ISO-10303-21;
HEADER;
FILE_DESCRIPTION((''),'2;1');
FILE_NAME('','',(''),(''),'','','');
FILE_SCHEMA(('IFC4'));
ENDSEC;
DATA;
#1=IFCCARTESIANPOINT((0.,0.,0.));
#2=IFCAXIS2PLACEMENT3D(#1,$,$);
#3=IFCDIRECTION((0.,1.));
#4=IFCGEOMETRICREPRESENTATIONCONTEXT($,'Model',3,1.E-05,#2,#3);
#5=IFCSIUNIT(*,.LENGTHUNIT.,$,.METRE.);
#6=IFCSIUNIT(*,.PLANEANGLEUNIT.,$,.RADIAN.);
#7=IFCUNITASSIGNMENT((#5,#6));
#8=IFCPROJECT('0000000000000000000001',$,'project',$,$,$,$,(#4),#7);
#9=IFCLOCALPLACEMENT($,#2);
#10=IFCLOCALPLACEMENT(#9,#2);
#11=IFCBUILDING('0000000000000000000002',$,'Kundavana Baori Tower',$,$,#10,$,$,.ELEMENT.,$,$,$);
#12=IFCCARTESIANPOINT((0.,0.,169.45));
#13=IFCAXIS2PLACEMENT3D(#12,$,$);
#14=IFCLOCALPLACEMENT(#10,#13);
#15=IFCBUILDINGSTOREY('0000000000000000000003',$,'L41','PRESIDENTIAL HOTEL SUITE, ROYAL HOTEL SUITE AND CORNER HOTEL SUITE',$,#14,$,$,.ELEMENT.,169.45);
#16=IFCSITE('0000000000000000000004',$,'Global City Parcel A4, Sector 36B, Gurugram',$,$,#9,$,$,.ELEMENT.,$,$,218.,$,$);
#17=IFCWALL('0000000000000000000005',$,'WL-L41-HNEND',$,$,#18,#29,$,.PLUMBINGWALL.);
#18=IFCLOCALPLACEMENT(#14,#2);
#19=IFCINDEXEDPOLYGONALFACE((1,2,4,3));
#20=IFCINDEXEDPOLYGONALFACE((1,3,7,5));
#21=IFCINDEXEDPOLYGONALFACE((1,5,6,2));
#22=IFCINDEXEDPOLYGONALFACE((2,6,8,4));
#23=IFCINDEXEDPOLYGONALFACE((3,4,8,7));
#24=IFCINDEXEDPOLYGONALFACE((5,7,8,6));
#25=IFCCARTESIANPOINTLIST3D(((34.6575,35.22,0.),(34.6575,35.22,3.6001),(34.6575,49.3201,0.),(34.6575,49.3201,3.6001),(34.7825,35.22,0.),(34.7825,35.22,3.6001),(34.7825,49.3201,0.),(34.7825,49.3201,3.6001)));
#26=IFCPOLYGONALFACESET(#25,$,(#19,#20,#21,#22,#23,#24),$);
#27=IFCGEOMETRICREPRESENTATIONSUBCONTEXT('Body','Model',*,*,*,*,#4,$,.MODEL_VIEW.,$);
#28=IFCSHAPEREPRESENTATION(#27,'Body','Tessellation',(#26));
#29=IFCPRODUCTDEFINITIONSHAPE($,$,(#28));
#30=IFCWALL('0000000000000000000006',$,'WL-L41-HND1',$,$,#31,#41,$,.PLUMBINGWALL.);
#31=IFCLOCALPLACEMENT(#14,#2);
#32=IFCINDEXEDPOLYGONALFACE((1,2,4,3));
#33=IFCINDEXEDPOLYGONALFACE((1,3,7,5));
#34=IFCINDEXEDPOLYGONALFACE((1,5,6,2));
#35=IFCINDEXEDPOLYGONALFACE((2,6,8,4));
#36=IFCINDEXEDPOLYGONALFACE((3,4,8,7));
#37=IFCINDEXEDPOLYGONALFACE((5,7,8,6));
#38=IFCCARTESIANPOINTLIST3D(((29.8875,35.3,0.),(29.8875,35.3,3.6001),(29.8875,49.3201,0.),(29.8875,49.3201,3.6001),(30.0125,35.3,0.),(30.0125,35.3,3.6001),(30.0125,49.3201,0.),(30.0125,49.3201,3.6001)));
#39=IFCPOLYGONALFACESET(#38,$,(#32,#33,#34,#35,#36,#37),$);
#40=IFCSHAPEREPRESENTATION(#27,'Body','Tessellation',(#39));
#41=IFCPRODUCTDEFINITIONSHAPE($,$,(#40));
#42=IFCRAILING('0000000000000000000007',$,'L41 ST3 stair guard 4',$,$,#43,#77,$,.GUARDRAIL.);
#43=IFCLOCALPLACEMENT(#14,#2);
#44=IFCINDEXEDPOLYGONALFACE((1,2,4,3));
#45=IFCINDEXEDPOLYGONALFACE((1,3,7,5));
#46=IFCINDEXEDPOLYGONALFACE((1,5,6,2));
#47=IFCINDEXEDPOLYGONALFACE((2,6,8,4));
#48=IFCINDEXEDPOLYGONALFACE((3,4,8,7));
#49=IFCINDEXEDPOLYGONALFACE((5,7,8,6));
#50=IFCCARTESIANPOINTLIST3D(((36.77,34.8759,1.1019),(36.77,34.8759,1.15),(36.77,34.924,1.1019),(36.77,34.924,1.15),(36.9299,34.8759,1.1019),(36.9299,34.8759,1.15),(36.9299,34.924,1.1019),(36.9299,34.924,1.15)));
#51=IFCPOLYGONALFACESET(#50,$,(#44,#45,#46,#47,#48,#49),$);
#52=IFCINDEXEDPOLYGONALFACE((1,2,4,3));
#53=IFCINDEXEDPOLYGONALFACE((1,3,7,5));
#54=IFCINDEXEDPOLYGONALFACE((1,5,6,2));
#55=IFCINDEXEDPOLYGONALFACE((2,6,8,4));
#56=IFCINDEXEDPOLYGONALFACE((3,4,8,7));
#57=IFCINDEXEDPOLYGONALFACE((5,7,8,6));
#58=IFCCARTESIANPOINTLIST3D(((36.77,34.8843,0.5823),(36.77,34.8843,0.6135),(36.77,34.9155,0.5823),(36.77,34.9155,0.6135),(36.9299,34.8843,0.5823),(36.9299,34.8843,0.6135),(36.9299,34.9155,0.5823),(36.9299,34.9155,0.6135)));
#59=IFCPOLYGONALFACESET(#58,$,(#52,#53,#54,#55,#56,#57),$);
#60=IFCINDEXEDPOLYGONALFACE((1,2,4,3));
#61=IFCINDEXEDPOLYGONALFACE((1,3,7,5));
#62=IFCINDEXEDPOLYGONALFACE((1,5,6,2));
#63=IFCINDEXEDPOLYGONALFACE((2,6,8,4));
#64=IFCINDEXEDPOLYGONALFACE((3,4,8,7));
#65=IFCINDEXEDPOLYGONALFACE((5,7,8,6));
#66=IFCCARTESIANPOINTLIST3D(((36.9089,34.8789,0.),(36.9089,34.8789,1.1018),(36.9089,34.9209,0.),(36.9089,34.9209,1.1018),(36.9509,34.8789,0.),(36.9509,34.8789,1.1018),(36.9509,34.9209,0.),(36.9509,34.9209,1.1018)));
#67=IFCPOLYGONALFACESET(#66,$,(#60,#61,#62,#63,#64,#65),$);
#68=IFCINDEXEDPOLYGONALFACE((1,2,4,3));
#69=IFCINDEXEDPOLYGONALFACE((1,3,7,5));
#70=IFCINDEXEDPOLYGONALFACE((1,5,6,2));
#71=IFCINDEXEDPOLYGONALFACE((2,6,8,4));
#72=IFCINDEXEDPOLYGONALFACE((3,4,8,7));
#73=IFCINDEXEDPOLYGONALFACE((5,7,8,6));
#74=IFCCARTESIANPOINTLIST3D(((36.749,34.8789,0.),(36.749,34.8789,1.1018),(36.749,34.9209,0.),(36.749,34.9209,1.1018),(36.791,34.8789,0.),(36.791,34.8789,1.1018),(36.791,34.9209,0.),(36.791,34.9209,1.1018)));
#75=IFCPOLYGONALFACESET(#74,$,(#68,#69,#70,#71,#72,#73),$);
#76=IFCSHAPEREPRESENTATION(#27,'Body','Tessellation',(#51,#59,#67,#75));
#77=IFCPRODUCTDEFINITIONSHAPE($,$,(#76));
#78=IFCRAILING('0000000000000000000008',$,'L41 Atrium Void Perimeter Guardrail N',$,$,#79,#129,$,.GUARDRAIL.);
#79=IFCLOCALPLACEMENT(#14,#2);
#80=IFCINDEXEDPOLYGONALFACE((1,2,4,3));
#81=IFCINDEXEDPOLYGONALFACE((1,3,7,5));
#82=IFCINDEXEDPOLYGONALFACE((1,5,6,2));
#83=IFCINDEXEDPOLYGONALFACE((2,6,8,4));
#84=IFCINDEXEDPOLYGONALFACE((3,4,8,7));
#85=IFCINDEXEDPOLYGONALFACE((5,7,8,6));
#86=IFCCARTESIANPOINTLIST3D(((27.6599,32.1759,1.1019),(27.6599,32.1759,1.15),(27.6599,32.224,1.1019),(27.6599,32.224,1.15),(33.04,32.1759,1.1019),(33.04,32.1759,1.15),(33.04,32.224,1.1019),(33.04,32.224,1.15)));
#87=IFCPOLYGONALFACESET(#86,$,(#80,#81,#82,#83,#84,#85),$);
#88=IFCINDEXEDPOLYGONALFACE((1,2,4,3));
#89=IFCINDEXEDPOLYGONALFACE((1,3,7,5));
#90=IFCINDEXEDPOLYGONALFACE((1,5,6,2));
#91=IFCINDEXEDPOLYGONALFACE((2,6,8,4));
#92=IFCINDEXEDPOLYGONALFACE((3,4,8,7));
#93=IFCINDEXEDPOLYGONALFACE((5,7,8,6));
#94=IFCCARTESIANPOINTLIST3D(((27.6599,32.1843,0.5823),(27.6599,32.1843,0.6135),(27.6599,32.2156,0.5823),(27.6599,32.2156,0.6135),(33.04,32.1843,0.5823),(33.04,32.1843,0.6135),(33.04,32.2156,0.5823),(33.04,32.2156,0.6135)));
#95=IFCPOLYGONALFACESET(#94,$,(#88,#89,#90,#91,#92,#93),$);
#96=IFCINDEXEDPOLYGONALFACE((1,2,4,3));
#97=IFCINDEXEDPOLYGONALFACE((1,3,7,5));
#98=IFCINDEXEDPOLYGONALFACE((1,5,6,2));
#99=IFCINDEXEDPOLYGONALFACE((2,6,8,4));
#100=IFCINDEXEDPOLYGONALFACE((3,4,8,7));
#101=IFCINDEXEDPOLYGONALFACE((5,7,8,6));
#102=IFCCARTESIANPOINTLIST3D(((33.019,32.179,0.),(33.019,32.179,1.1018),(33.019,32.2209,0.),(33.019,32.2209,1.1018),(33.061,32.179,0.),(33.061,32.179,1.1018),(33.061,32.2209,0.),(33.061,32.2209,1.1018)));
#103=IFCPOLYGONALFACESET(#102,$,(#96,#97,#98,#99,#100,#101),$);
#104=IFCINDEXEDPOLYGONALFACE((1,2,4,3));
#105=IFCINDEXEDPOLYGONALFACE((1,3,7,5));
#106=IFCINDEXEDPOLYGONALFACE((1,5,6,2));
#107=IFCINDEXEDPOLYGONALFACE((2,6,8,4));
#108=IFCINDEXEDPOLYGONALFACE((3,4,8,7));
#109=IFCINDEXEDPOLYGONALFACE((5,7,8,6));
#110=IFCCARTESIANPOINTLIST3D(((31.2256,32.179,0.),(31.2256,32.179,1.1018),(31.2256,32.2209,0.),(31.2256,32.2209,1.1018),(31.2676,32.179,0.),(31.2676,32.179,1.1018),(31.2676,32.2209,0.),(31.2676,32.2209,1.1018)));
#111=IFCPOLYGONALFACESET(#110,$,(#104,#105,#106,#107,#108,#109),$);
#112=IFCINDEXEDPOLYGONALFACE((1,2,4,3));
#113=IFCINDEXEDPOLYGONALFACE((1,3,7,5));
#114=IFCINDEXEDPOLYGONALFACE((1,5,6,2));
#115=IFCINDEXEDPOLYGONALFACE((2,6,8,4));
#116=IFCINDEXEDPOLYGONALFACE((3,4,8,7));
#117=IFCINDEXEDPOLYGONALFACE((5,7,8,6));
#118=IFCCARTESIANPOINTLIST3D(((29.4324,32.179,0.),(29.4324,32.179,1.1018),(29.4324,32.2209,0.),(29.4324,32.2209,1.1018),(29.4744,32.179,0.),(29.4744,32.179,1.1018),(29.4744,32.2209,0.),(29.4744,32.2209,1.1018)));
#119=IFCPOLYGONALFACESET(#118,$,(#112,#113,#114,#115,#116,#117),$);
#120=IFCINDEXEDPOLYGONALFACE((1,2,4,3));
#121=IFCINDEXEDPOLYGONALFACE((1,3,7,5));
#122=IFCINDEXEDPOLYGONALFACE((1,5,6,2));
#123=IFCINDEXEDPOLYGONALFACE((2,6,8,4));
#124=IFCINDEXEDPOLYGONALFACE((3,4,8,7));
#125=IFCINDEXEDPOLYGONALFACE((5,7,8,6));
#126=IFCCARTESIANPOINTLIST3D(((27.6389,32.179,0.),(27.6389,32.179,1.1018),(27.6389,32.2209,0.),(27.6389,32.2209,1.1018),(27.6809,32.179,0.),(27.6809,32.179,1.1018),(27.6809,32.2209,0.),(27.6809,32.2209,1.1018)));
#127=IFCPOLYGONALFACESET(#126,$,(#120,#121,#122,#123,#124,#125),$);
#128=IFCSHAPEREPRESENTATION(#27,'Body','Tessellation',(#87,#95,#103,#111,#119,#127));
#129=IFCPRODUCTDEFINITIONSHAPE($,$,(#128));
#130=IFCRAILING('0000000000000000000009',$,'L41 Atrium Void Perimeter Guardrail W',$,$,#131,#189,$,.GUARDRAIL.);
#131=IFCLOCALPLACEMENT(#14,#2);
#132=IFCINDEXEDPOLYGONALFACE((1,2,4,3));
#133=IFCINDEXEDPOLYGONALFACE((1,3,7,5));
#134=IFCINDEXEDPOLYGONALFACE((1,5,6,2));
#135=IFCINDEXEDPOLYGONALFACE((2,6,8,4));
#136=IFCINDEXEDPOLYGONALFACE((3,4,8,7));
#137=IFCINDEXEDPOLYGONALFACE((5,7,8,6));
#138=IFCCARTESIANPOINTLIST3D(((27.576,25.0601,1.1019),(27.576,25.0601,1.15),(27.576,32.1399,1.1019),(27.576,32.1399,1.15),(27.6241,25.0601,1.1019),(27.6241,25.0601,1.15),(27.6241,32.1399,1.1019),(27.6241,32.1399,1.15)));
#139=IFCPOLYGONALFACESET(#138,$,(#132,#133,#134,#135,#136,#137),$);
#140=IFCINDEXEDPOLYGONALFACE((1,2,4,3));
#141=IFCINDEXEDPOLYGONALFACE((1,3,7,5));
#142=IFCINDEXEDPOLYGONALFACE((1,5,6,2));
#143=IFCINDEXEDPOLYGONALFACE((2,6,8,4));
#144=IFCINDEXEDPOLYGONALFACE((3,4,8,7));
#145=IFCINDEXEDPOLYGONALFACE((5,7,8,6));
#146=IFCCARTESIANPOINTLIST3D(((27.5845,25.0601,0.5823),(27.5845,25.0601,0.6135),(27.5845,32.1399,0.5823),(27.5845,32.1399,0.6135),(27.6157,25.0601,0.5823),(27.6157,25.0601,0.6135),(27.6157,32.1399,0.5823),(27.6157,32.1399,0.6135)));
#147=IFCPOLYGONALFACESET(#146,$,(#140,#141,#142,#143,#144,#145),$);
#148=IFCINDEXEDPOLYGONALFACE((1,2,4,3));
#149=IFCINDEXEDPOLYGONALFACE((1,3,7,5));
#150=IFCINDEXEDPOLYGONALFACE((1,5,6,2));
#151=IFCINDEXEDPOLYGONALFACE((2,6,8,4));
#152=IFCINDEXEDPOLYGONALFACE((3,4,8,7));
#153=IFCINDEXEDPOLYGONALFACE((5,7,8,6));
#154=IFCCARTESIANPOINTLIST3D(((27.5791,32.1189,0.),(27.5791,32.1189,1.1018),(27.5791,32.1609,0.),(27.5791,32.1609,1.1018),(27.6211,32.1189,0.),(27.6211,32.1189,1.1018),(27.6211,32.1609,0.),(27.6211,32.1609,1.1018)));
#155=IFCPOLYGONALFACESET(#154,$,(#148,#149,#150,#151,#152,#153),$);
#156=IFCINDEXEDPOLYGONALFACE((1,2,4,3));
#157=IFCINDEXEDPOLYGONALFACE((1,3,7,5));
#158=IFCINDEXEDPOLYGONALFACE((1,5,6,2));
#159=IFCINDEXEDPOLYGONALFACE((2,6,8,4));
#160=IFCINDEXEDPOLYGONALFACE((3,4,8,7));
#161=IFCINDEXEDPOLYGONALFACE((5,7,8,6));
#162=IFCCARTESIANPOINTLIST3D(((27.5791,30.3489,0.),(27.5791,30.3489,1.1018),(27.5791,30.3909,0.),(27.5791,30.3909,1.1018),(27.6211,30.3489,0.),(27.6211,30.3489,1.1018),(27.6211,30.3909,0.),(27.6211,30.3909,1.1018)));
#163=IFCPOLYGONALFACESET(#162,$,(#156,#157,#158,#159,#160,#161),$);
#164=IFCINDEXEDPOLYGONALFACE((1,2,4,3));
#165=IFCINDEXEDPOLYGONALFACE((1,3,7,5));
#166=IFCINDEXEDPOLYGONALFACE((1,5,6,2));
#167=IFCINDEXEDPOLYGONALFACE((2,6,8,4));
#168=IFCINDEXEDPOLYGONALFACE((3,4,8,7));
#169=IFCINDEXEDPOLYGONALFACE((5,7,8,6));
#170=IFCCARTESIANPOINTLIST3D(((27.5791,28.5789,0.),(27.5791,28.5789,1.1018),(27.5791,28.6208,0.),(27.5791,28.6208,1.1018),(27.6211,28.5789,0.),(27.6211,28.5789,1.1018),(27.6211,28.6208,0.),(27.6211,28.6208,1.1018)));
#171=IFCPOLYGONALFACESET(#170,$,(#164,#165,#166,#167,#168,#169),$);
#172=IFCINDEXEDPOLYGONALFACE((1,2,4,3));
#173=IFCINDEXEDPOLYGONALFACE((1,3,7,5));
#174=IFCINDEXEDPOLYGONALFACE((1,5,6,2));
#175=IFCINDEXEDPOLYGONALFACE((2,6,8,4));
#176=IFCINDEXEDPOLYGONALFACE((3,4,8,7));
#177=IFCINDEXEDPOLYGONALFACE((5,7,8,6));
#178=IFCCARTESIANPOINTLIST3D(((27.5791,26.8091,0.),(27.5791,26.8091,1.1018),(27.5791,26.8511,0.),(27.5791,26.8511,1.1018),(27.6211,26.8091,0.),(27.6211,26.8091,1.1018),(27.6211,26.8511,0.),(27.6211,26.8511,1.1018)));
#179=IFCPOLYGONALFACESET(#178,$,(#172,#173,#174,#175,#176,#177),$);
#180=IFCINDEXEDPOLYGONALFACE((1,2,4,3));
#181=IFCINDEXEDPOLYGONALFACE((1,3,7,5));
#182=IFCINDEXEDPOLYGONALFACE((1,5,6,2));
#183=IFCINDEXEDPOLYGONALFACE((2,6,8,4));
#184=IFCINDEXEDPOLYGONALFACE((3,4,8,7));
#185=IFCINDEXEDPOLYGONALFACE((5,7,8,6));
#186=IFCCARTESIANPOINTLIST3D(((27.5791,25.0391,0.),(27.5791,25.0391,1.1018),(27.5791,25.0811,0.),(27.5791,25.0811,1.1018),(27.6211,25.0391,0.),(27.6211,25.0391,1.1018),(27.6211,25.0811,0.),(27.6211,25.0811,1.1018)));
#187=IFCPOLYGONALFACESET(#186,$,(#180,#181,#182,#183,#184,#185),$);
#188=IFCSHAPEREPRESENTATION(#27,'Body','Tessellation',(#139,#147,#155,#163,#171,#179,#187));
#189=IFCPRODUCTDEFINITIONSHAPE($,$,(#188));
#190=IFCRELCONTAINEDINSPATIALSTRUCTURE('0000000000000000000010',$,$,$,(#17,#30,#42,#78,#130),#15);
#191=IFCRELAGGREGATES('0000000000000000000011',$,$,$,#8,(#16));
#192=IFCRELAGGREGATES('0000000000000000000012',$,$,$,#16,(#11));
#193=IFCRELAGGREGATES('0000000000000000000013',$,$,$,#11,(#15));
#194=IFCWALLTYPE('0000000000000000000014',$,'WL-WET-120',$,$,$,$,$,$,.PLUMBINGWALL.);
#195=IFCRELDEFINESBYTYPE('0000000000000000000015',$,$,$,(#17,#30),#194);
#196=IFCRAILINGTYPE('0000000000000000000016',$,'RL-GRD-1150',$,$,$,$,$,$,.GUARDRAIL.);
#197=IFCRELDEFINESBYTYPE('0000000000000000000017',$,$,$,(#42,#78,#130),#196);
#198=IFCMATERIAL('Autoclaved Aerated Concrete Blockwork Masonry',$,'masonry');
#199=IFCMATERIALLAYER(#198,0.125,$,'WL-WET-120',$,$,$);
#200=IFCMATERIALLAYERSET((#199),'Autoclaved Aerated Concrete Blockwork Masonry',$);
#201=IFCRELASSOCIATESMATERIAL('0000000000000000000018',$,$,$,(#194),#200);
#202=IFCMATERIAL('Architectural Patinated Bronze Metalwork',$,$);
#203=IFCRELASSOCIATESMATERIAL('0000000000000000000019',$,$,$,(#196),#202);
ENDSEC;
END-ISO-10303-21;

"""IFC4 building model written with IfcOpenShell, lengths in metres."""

from ifc_helpers import new_model, si_unit, direction, frame, frame_2d, origin, origin_2d, place, context, subcontext, project, spatial, rectangle, extrude, material, layer, layer_set, type_object, element, save


model = new_model("IFC4")

# Units and contexts
model_context = context("Model", 3, precision=1e-05, world=origin(), true_north=direction((0.0, 1.0)))
body_context = subcontext(model_context, "Body", "Model", "MODEL_VIEW")
ifc_project = project(units=[si_unit("LENGTHUNIT", "METRE"), si_unit("PLANEANGLEUNIT", "RADIAN")], contexts=[model_context])

# Site, building, storey
site_placement = place(None, origin())
site = spatial("IfcSite", under=ifc_project, at=site_placement, Name="Global City Parcel A4, Sector 36B, Gurugram", CompositionType="ELEMENT", RefElevation=218.0)
building_placement = place(site_placement, origin())
building = spatial("IfcBuilding", under=site, at=building_placement, Name="Kundavana Baori Tower", CompositionType="ELEMENT")
storey_placement = place(building_placement, frame((0.0, 0.0, 169.45)))
storey = spatial("IfcBuildingStorey", under=building, at=storey_placement, Name="L41", Description="PRESIDENTIAL HOTEL SUITE, ROYAL HOTEL SUITE AND CORNER HOTEL SUITE", CompositionType="ELEMENT", Elevation=169.45)

# Shared definitions
ifc_material_1 = material(Name="Autoclaved Aerated Concrete Blockwork Masonry", Category="masonry")
ifc_layer_1 = layer(ifc_material_1, 0.125, Name="WL-WET-120")
ifc_layer_set_1 = layer_set([ifc_layer_1], Name="Autoclaved Aerated Concrete Blockwork Masonry")
wall_type_1 = type_object("IfcWallType", Name="WL-WET-120", PredefinedType="PLUMBINGWALL", material=ifc_layer_set_1)

# Walls
wall_1_placement = place(storey_placement, frame((34.72, 35.22, 0.0), z_axis=(0.0, 0.0, 1.0), x_axis=(0.0, 1.0, 0.0)))
element("IfcWall", 1, at=wall_1_placement, inside=storey, type_object=wall_type_1, Name="WL-L41-HNEND", PredefinedType="PLUMBINGWALL", context=body_context, shape_type="SweptSolid", body=[
    extrude(rectangle(XDim=14.1001, YDim=0.125, at=frame_2d((7.05, 0.0))), origin(), (0.0, 0.0, 1.0), 3.6001),
])
wall_2_placement = place(storey_placement, frame((29.95, 35.3, 0.0), z_axis=(0.0, 0.0, 1.0), x_axis=(0.0, 1.0, 0.0)))
element("IfcWall", 2, at=wall_2_placement, inside=storey, type_object=wall_type_1, Name="WL-L41-HND1", PredefinedType="PLUMBINGWALL", context=body_context, shape_type="SweptSolid", body=[
    extrude(rectangle(XDim=14.02, YDim=0.125, at=frame_2d((7.01, 0.0))), origin(), (0.0, 0.0, 1.0), 3.6001),
])

# Railings
ifc_material_2 = material(Name="Architectural Patinated Bronze Metalwork")
railing_type_1 = type_object("IfcRailingType", Name="RL-GRD-1150", PredefinedType="GUARDRAIL", material=ifc_material_2)
railing_1_placement = place(storey_placement, frame((36.9299, 34.8999, 0.0)))
element("IfcRailing", 3, at=railing_1_placement, inside=storey, type_object=railing_type_1, Name="L41 ST3 stair guard 4", PredefinedType="GUARDRAIL", context=body_context, shape_type="SweptSolid", body=[
    extrude(rectangle(XDim=0.0481, YDim=0.0481, at=origin_2d()), frame((0.0, 0.0, 1.126), z_axis=(-1.0, 0.0, 0.0), x_axis=(0.0, -1.0, 0.0)), (0.0, 0.0, 1.0), 0.1599),
    extrude(rectangle(XDim=0.0312, YDim=0.0312, at=origin_2d()), frame((0.0, 0.0, 0.5979), z_axis=(-1.0, 0.0, 0.0), x_axis=(0.0, -1.0, 0.0)), (0.0, 0.0, 1.0), 0.1599),
    extrude(rectangle(XDim=0.042, YDim=0.042, at=origin_2d()), origin(), (0.0, 0.0, 1.0), 1.1018),
    extrude(rectangle(XDim=0.042, YDim=0.042, at=origin_2d()), frame((-0.1599, 0.0, 0.0)), (0.0, 0.0, 1.0), 1.1018),
])
railing_2_placement = place(storey_placement, frame((33.04, 32.2, 0.0)))
element("IfcRailing", 4, at=railing_2_placement, inside=storey, type_object=railing_type_1, Name="L41 Atrium Void Perimeter Guardrail N", PredefinedType="GUARDRAIL", context=body_context, shape_type="SweptSolid", body=[
    extrude(rectangle(XDim=0.0481, YDim=0.0481, at=origin_2d()), frame((0.0, 0.0, 1.126), z_axis=(-1.0, 0.0, 0.0), x_axis=(0.0, -1.0, 0.0)), (0.0, 0.0, 1.0), 5.3801),
    extrude(rectangle(XDim=0.0312, YDim=0.0312, at=origin_2d()), frame((0.0, 0.0, 0.5979), z_axis=(-1.0, 0.0, 0.0), x_axis=(0.0, -1.0, 0.0)), (0.0, 0.0, 1.0), 5.3801),
    extrude(rectangle(XDim=0.042, YDim=0.042, at=origin_2d()), origin(), (0.0, 0.0, 1.0), 1.1018),
    extrude(rectangle(XDim=0.042, YDim=0.042, at=origin_2d()), frame((-1.7935, 0.0, 0.0)), (0.0, 0.0, 1.0), 1.1018),
    extrude(rectangle(XDim=0.042, YDim=0.042, at=origin_2d()), frame((-3.5867, 0.0, 0.0)), (0.0, 0.0, 1.0), 1.1018),
    extrude(rectangle(XDim=0.042, YDim=0.042, at=origin_2d()), frame((-5.3801, 0.0, 0.0)), (0.0, 0.0, 1.0), 1.1018),
])
railing_3_placement = place(storey_placement, frame((27.6001, 32.1399, 0.0)))
element("IfcRailing", 5, at=railing_3_placement, inside=storey, type_object=railing_type_1, Name="L41 Atrium Void Perimeter Guardrail W", PredefinedType="GUARDRAIL", context=body_context, shape_type="SweptSolid", body=[
    extrude(rectangle(XDim=0.0481, YDim=0.0481, at=origin_2d()), frame((0.0, 0.0, 1.126), z_axis=(0.0, -1.0, 0.0), x_axis=(1.0, 0.0, 0.0)), (0.0, 0.0, 1.0), 7.0798),
    extrude(rectangle(XDim=0.0312, YDim=0.0312, at=origin_2d()), frame((0.0, 0.0, 0.5979), z_axis=(0.0, -1.0, 0.0), x_axis=(1.0, 0.0, 0.0)), (0.0, 0.0, 1.0), 7.0798),
    extrude(rectangle(XDim=0.042, YDim=0.042, at=origin_2d()), origin(), (0.0, 0.0, 1.0), 1.1018),
    extrude(rectangle(XDim=0.042, YDim=0.042, at=origin_2d()), frame((0.0, -1.77, 0.0)), (0.0, 0.0, 1.0), 1.1018),
    extrude(rectangle(XDim=0.042, YDim=0.042, at=origin_2d()), frame((0.0, -3.54, 0.0)), (0.0, 0.0, 1.0), 1.1018),
    extrude(rectangle(XDim=0.042, YDim=0.042, at=origin_2d()), frame((0.0, -5.3098, 0.0)), (0.0, 0.0, 1.0), 1.1018),
    extrude(rectangle(XDim=0.042, YDim=0.042, at=origin_2d()), frame((0.0, -7.0798, 0.0)), (0.0, 0.0, 1.0), 1.1018),
])

save(model, "model.ifc")
